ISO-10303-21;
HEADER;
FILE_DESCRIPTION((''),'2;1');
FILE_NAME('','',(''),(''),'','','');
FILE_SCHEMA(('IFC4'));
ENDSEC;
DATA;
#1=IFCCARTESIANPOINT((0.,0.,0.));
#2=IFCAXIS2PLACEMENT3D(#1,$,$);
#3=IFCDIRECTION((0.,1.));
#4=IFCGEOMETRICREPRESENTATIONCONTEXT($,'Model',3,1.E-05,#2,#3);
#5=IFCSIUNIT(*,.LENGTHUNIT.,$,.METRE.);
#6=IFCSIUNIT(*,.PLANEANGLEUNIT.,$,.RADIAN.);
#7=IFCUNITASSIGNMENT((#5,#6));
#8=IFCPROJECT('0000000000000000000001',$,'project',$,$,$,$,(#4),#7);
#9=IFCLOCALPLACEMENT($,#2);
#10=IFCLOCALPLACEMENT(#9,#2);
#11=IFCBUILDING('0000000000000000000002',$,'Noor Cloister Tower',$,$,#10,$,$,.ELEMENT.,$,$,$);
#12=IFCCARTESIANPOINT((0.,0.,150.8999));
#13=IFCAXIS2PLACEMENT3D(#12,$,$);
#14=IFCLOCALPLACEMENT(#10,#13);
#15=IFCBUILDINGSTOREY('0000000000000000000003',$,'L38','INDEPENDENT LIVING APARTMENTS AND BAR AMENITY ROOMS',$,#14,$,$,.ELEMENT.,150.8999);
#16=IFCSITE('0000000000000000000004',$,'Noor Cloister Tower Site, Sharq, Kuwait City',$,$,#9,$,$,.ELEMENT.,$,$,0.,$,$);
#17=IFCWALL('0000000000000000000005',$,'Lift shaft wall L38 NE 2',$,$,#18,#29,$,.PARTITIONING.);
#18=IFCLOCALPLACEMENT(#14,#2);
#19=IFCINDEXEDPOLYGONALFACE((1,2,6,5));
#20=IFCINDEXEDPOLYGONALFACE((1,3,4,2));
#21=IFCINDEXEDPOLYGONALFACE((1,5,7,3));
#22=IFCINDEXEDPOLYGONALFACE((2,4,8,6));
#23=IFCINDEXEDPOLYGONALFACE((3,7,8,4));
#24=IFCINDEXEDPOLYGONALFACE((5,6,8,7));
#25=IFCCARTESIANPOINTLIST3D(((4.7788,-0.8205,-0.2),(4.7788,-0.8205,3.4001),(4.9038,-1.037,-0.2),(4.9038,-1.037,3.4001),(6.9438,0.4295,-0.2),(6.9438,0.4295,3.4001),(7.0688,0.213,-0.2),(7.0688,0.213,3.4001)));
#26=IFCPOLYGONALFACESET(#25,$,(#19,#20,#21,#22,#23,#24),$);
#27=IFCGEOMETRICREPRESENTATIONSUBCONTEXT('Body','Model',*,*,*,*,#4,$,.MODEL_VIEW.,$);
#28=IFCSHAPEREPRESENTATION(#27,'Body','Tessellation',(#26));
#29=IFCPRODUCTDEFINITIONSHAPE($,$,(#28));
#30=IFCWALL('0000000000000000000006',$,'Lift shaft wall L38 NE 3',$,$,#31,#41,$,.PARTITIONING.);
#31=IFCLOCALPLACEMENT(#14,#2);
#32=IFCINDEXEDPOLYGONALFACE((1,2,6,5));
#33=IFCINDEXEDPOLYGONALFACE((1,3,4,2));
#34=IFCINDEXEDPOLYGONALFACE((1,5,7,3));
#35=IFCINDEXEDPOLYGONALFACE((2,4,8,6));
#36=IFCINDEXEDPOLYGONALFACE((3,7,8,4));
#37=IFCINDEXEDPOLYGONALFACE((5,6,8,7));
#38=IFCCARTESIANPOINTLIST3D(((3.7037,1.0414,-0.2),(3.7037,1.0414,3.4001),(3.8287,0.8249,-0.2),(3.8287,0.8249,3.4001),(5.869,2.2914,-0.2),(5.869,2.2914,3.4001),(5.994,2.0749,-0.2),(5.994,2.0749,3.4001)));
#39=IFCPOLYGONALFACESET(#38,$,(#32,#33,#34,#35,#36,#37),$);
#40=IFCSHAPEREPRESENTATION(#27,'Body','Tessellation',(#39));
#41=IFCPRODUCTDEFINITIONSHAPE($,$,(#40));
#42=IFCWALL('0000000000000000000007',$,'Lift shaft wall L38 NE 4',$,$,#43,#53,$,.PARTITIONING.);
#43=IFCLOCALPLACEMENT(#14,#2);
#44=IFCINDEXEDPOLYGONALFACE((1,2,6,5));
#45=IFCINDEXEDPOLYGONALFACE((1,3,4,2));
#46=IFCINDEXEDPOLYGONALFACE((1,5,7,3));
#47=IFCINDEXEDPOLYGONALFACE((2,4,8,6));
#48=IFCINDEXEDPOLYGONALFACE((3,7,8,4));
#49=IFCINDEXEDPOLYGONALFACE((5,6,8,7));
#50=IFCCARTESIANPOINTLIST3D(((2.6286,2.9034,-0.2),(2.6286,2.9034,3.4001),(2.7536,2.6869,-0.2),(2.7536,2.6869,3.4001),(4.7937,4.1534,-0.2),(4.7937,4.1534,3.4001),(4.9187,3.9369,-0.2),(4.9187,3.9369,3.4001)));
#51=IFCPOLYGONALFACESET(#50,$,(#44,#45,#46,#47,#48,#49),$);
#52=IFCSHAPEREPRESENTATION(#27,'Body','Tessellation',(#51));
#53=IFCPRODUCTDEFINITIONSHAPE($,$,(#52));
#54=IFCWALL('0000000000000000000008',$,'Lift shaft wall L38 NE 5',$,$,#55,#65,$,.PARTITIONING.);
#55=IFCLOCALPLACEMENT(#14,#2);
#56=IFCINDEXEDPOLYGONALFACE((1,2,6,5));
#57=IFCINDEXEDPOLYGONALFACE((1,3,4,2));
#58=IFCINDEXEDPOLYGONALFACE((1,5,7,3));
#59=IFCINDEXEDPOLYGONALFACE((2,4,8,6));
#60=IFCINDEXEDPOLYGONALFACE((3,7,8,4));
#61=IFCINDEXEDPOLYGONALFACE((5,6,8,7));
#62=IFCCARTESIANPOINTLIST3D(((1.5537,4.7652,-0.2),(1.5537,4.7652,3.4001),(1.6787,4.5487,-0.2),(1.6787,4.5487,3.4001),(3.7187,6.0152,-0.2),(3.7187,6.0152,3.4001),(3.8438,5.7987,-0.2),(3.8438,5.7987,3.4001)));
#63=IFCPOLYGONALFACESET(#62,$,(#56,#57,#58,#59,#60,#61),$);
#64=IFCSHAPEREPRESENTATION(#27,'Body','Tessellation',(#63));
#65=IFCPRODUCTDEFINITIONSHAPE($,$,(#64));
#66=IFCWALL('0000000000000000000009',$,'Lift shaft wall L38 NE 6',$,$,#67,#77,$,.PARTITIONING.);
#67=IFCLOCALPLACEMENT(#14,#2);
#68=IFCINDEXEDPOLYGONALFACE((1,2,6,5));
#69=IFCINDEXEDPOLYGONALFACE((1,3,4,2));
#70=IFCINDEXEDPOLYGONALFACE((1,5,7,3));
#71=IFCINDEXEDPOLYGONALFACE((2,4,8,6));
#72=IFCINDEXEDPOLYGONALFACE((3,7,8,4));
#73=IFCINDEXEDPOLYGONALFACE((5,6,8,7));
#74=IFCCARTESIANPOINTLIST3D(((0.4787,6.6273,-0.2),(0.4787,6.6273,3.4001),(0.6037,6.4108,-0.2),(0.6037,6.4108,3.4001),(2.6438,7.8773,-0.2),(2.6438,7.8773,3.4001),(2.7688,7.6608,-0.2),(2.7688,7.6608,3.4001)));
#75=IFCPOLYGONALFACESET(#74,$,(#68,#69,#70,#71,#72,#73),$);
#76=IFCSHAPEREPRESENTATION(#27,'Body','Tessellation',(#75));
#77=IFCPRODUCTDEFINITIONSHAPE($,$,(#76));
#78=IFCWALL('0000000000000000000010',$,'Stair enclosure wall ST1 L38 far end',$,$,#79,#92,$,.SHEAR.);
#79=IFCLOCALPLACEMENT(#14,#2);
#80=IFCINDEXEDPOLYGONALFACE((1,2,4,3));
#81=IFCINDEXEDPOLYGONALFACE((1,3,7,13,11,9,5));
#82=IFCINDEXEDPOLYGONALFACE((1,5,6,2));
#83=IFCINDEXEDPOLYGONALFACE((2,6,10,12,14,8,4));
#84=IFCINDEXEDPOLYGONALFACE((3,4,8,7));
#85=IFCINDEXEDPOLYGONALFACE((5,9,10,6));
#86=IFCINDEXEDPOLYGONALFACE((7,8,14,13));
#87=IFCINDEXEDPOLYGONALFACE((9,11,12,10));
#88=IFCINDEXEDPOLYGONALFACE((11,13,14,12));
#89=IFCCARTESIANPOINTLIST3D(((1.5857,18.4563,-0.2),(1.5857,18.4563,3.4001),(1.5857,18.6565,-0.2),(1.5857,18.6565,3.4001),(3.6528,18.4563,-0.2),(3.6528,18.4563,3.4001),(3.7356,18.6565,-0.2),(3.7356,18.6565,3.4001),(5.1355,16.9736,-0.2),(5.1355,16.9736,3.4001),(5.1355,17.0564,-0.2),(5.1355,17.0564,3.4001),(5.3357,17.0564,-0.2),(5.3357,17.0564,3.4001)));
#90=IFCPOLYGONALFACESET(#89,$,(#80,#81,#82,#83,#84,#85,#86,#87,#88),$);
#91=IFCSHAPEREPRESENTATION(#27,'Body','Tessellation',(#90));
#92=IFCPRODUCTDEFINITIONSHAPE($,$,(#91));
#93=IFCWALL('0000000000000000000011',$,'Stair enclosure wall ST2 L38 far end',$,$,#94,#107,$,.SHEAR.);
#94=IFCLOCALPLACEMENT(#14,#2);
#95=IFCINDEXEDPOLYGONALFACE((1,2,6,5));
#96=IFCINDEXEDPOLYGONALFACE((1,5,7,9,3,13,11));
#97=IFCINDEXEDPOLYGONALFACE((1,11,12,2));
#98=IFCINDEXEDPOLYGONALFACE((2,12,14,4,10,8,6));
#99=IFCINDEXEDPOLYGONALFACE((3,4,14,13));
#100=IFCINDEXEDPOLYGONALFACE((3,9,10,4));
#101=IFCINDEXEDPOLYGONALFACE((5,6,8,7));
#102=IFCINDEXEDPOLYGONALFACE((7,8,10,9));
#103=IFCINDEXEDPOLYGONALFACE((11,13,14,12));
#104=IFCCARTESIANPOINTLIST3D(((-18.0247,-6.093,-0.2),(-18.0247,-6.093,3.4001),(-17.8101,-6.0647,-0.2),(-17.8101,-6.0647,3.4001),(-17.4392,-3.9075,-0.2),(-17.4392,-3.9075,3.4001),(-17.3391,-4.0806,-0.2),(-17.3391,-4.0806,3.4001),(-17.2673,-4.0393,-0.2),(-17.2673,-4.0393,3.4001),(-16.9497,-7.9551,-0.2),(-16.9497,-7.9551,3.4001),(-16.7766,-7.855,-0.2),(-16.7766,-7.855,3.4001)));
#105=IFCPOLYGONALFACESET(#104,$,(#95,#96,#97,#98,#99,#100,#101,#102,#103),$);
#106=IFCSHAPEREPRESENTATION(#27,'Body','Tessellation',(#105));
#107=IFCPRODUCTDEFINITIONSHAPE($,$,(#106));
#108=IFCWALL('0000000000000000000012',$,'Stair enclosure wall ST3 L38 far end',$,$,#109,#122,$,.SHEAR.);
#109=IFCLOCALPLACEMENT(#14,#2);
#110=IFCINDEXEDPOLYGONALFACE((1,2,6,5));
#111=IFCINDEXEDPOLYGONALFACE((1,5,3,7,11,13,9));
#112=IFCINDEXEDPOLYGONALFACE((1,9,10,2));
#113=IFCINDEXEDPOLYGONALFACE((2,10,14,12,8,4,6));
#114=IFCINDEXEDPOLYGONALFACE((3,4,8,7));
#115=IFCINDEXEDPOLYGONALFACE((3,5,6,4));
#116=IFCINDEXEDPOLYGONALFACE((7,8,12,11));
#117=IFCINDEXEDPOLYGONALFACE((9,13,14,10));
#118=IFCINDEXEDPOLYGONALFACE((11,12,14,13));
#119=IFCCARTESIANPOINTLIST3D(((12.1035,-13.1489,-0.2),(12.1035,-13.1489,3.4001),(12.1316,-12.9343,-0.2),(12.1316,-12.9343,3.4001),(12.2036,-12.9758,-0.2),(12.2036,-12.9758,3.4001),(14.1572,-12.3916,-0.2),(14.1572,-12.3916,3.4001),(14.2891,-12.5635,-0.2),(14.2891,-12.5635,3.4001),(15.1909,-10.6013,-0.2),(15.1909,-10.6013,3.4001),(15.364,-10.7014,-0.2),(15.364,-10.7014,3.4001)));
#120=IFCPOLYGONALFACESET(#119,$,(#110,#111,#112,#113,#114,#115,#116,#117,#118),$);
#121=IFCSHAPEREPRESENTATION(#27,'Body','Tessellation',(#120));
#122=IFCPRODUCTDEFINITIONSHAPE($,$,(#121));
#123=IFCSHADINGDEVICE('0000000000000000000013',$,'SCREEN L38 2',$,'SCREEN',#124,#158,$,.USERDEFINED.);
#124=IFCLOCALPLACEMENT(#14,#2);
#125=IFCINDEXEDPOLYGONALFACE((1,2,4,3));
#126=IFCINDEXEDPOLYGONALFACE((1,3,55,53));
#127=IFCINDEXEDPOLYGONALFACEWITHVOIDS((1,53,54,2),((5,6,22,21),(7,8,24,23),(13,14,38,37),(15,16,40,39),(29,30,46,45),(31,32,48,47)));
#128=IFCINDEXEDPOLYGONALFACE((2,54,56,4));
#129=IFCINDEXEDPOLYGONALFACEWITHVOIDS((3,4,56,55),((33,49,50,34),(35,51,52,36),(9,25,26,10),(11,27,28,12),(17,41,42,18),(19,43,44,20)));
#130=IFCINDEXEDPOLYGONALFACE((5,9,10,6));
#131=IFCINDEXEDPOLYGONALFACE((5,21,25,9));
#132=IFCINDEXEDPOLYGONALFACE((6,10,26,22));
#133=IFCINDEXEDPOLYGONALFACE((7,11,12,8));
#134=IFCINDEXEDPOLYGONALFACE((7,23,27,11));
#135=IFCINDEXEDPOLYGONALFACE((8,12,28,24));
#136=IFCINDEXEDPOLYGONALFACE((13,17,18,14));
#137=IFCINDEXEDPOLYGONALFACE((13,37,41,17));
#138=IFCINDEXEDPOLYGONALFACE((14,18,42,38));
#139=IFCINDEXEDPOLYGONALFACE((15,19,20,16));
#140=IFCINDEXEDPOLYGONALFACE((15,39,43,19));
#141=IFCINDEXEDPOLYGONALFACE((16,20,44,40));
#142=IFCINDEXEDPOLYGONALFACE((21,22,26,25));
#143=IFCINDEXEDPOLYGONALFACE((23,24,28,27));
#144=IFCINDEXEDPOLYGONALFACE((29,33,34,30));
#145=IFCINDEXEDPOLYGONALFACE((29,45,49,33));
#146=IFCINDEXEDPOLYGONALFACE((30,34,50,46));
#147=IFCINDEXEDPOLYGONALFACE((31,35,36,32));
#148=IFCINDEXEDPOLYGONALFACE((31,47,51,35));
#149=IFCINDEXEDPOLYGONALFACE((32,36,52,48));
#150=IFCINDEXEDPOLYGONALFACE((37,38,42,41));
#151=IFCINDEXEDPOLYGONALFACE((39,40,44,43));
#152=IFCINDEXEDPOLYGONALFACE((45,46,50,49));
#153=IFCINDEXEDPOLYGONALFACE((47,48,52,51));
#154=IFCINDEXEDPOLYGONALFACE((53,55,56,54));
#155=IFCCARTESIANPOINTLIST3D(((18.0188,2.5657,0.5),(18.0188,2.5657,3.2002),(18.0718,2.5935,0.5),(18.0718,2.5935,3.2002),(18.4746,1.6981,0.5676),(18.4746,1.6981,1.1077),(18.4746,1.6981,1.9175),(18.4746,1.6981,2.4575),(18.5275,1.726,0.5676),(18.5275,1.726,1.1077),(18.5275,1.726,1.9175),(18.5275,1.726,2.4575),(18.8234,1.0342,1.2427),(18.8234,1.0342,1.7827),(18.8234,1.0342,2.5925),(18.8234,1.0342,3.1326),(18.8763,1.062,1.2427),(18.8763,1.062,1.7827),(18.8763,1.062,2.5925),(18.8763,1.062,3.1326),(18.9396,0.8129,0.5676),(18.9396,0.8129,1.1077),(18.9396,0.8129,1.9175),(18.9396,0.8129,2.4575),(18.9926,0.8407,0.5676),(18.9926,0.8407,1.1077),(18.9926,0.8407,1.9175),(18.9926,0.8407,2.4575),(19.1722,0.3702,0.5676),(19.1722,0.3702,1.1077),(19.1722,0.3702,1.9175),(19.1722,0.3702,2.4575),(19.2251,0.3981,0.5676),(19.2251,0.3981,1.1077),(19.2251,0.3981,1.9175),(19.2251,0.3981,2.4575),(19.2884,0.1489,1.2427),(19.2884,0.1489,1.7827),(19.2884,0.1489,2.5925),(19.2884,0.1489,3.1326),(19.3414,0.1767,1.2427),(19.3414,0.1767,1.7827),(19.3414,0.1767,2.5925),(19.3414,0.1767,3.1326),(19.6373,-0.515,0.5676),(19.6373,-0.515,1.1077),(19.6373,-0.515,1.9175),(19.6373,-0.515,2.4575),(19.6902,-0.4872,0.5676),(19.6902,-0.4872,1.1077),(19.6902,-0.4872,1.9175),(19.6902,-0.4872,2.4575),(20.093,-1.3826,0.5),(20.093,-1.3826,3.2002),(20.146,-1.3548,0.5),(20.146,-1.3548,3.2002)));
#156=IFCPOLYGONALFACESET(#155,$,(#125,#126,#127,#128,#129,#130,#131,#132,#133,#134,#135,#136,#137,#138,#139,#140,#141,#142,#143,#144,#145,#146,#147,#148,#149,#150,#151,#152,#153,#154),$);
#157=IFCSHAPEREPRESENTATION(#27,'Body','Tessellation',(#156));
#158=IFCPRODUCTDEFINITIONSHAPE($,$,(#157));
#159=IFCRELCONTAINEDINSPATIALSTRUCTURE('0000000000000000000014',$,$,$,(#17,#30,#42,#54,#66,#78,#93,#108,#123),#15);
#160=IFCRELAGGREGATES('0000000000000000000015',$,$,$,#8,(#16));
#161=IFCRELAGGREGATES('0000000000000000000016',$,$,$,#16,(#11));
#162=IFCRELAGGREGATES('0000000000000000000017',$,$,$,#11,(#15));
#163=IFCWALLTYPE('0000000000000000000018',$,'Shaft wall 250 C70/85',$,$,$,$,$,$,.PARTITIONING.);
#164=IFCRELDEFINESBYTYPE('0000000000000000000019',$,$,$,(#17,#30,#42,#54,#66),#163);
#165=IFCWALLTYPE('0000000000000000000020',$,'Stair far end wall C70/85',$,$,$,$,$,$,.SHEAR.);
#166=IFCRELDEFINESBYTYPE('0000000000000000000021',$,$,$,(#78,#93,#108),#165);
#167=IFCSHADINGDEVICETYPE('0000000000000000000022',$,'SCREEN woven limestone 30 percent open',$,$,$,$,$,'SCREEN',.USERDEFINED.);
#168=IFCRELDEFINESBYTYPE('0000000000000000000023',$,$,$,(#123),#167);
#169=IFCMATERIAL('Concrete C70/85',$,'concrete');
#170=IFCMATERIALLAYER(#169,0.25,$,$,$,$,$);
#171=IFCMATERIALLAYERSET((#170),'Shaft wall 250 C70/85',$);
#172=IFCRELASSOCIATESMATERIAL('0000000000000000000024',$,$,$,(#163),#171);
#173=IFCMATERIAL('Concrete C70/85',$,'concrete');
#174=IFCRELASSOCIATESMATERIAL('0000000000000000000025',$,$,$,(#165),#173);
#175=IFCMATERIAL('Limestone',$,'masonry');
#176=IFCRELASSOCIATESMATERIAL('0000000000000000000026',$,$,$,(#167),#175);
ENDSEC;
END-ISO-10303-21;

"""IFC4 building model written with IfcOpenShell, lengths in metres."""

from ifc_helpers import new_model, si_unit, direction, frame, frame_2d, origin, place, context, subcontext, project, spatial, polyline, rectangle, outline, extrude, material, layer, layer_set, material_profile, profile_set, type_object, element, save


model = new_model("IFC4")

# Units and contexts
model_context = context("Model", 3, precision=1e-05, world=origin(), true_north=direction((0.0, 1.0)))
body_context = subcontext(model_context, "Body", "Model", "MODEL_VIEW")
ifc_project = project(units=[si_unit("LENGTHUNIT", "METRE"), si_unit("PLANEANGLEUNIT", "RADIAN")], contexts=[model_context])

# Site, building, storey
site_placement = place(None, origin())
site = spatial("IfcSite", under=ifc_project, at=site_placement, Name="Noor Cloister Tower Site, Sharq, Kuwait City", CompositionType="ELEMENT", RefElevation=0.0)
building_placement = place(site_placement, origin())
building = spatial("IfcBuilding", under=site, at=building_placement, Name="Noor Cloister Tower", CompositionType="ELEMENT")
storey_placement = place(building_placement, frame((0.0, 0.0, 150.8999)))
storey = spatial("IfcBuildingStorey", under=building, at=storey_placement, Name="L38", Description="INDEPENDENT LIVING APARTMENTS AND BAR AMENITY ROOMS", CompositionType="ELEMENT", Elevation=150.8999)

# Walls
ifc_material_1 = material(Name="Concrete C70/85", Category="concrete")
ifc_layer_1 = layer(ifc_material_1, 0.25)
ifc_layer_set_1 = layer_set([ifc_layer_1], Name="Shaft wall 250 C70/85")
wall_type_1 = type_object("IfcWallType", Name="Shaft wall 250 C70/85", PredefinedType="PARTITIONING", material=ifc_layer_set_1)
wall_1_placement = place(storey_placement, frame((7.0063, 0.3213, -0.2), z_axis=(0.0, 0.0, 1.0), x_axis=(-0.866023, -0.500004, 0.0)))
element("IfcWall", 1, at=wall_1_placement, inside=storey, type_object=wall_type_1, Name="Lift shaft wall L38 NE 2", PredefinedType="PARTITIONING", context=body_context, shape_type="SweptSolid", body=[
    extrude(rectangle(XDim=2.5, YDim=0.25, at=frame_2d((1.25, 0.0))), origin(), (0.0, 0.0, 1.0), 3.6001),
])
wall_2_placement = place(storey_placement, frame((5.9314, 2.1831, -0.2), z_axis=(0.0, 0.0, 1.0), x_axis=(-0.866047, -0.499962, 0.0)))
element("IfcWall", 2, at=wall_2_placement, inside=storey, type_object=wall_type_1, Name="Lift shaft wall L38 NE 3", PredefinedType="PARTITIONING", context=body_context, shape_type="SweptSolid", body=[
    extrude(rectangle(XDim=2.5002, YDim=0.25, at=frame_2d((1.25, 0.0))), origin(), (0.0, 0.0, 1.0), 3.6001),
])
for number, where, z_axis, x_axis, name in (
    (3, (4.8562, 4.0452, -0.2), (0.0, 0.0, 1.0), (-0.866023, -0.500004, 0.0), "Lift shaft wall L38 NE 4"),
    (4, (3.7812, 5.907, -0.2), (0.0, 0.0, 1.0), (-0.866023, -0.500004, 0.0), "Lift shaft wall L38 NE 5"),
    (5, (2.7063, 7.769, -0.2), (0.0, 0.0, 1.0), (-0.866023, -0.500004, 0.0), "Lift shaft wall L38 NE 6"),
):
    element("IfcWall", number, at=place(storey_placement, frame(where, z_axis=z_axis, x_axis=x_axis)), inside=storey, type_object=wall_type_1, Name=name, PredefinedType="PARTITIONING", context=body_context, shape_type="SweptSolid", body=[
        extrude(rectangle(XDim=2.5, YDim=0.25, at=frame_2d((1.25, 0.0))), origin(), (0.0, 0.0, 1.0), 3.6001),
    ])
ifc_material_2 = material(Name="Concrete C70/85", Category="concrete")
wall_type_2 = type_object("IfcWallType", Name="Stair far end wall C70/85", PredefinedType="SHEAR", material=ifc_material_2)
wall_3_placement = place(storey_placement, frame((0.0, 0.0, -0.2)))
element("IfcWall", 6, at=wall_3_placement, inside=storey, type_object=wall_type_2, Name="Stair enclosure wall ST1 L38 far end", PredefinedType="SHEAR", context=body_context, shape_type="SweptSolid", body=[
    extrude(outline(polyline([(5.3357, 17.0564), (3.7356, 18.6565), (1.5857, 18.6565), (1.5857, 18.4563), (3.6528, 18.4563), (5.1355, 16.9736), (5.1355, 17.0564), (5.1355, 17.0564), (5.1355, 17.0564), (5.1355, 17.0564), (5.1355, 17.0564), (5.1355, 17.0564), (5.1355, 17.0564), (5.1355, 17.0564), (5.1355, 17.0564), (5.1355, 17.0564), (5.1355, 17.0564), (5.1355, 17.0564), (5.1355, 17.0564), (5.1355, 17.0564), (5.1355, 17.0564), (5.1355, 17.0564), (5.1355, 17.0564), (5.3357, 17.0564)])), origin(), (0.0, 0.0, 1.0), 3.6001),
])
wall_4_placement = place(storey_placement, frame((0.0, 0.0, -0.2)))
element("IfcWall", 7, at=wall_4_placement, inside=storey, type_object=wall_type_2, Name="Stair enclosure wall ST2 L38 far end", PredefinedType="SHEAR", context=body_context, shape_type="SweptSolid", body=[
    extrude(outline(polyline([(-17.4392, -3.9075), (-18.0247, -6.093), (-16.9497, -7.9551), (-16.7766, -7.855), (-17.8101, -6.0647), (-17.2673, -4.0393), (-17.3391, -4.0806), (-17.3391, -4.0806), (-17.3391, -4.0806), (-17.3391, -4.0806), (-17.3391, -4.0806), (-17.3391, -4.0806), (-17.3391, -4.0806), (-17.3391, -4.0806), (-17.3391, -4.0806), (-17.3391, -4.0806), (-17.3391, -4.0806), (-17.3391, -4.0806), (-17.3391, -4.0806), (-17.3391, -4.0806), (-17.3391, -4.0806), (-17.3391, -4.0806), (-17.3391, -4.0806), (-17.4392, -3.9075)])), origin(), (0.0, 0.0, 1.0), 3.6001),
])
wall_5_placement = place(storey_placement, frame((0.0, 0.0, -0.2)))
element("IfcWall", 8, at=wall_5_placement, inside=storey, type_object=wall_type_2, Name="Stair enclosure wall ST3 L38 far end", PredefinedType="SHEAR", context=body_context, shape_type="SweptSolid", body=[
    extrude(outline(polyline([(12.1035, -13.1489), (14.2891, -12.5635), (15.364, -10.7014), (15.1909, -10.6013), (14.1572, -12.3916), (12.1316, -12.9343), (12.2036, -12.9758), (12.2036, -12.9758), (12.2036, -12.9758), (12.2036, -12.9758), (12.2036, -12.9758), (12.2036, -12.9758), (12.2036, -12.9758), (12.2036, -12.9758), (12.2036, -12.9758), (12.2036, -12.9758), (12.2036, -12.9758), (12.2036, -12.9758), (12.2036, -12.9758), (12.2036, -12.9758), (12.2036, -12.9758), (12.2036, -12.9758), (12.2036, -12.9758), (12.1035, -13.1489)])), origin(), (0.0, 0.0, 1.0), 3.6001),
])

# Shading device
ifc_material_3 = material(Name="Limestone", Category="masonry")
ifc_material_profile_1 = material_profile(ifc_material_3, outline(polyline([(-2.23, -1.3501), (2.23, -1.3501), (2.23, 1.3501), (-2.23, 1.3501), (-2.23, -1.3501)]), holes=[polyline([(-1.25, -1.2825), (-0.25, -1.2825), (-0.25, -0.7424), (-1.25, -0.7424), (-1.25, -1.2825)]), polyline([(0.25, -1.2825), (1.25, -1.2825), (1.25, -0.7424), (0.25, -0.7424), (0.25, -1.2825)]), polyline([(-0.5, -0.6074), (0.5, -0.6074), (0.5, -0.0674), (-0.5, -0.0674), (-0.5, -0.6074)]), polyline([(-1.25, 0.0674), (-0.25, 0.0674), (-0.25, 0.6074), (-1.25, 0.6074), (-1.25, 0.0674)]), polyline([(0.25, 0.0674), (1.25, 0.0674), (1.25, 0.6074), (0.25, 0.6074), (0.25, 0.0674)]), polyline([(-0.5, 0.7424), (0.5, 0.7424), (0.5, 1.2825), (-0.5, 1.2825), (-0.5, 0.7424)])]), Name="Woven screen 30 percent open")
ifc_profile_set_1 = profile_set([ifc_material_profile_1], Name="Limestone")
shading_device_type = type_object("IfcShadingDeviceType", Name="SCREEN woven limestone 30 percent open", ElementType="SCREEN", PredefinedType="USERDEFINED", material=ifc_profile_set_1)
for number, where, z_axis, x_axis, name in (
    (9, (19.0559, 0.5916, 1.8501), (0.885272, 0.465074, 0.0), (-0.465074, 0.885272, 0.0), "SCREEN L38 2"),
):
    element("IfcShadingDevice", number, at=place(storey_placement, frame(where, z_axis=z_axis, x_axis=x_axis)), inside=storey, type_object=shading_device_type, Name=name, ObjectType="SCREEN", PredefinedType="USERDEFINED", context=body_context, shape_type="SweptSolid", body=[
        extrude(outline(polyline([(-2.23, -1.3501), (2.23, -1.3501), (2.23, 1.3501), (-2.23, 1.3501), (-2.23, -1.3501)]), holes=[polyline([(-1.25, -1.2825), (-0.25, -1.2825), (-0.25, -0.7424), (-1.25, -0.7424), (-1.25, -1.2825)]), polyline([(0.25, -1.2825), (1.25, -1.2825), (1.25, -0.7424), (0.25, -0.7424), (0.25, -1.2825)]), polyline([(-0.5, -0.6074), (0.5, -0.6074), (0.5, -0.0674), (-0.5, -0.0674), (-0.5, -0.6074)]), polyline([(-1.25, 0.0674), (-0.25, 0.0674), (-0.25, 0.6074), (-1.25, 0.6074), (-1.25, 0.0674)]), polyline([(0.25, 0.0674), (1.25, 0.0674), (1.25, 0.6074), (0.25, 0.6074), (0.25, 0.0674)]), polyline([(-0.5, 0.7424), (0.5, 0.7424), (0.5, 1.2825), (-0.5, 1.2825), (-0.5, 0.7424)])]), origin(), (0.0, 0.0, 1.0), 0.0598),
    ])

save(model, "model.ifc")
